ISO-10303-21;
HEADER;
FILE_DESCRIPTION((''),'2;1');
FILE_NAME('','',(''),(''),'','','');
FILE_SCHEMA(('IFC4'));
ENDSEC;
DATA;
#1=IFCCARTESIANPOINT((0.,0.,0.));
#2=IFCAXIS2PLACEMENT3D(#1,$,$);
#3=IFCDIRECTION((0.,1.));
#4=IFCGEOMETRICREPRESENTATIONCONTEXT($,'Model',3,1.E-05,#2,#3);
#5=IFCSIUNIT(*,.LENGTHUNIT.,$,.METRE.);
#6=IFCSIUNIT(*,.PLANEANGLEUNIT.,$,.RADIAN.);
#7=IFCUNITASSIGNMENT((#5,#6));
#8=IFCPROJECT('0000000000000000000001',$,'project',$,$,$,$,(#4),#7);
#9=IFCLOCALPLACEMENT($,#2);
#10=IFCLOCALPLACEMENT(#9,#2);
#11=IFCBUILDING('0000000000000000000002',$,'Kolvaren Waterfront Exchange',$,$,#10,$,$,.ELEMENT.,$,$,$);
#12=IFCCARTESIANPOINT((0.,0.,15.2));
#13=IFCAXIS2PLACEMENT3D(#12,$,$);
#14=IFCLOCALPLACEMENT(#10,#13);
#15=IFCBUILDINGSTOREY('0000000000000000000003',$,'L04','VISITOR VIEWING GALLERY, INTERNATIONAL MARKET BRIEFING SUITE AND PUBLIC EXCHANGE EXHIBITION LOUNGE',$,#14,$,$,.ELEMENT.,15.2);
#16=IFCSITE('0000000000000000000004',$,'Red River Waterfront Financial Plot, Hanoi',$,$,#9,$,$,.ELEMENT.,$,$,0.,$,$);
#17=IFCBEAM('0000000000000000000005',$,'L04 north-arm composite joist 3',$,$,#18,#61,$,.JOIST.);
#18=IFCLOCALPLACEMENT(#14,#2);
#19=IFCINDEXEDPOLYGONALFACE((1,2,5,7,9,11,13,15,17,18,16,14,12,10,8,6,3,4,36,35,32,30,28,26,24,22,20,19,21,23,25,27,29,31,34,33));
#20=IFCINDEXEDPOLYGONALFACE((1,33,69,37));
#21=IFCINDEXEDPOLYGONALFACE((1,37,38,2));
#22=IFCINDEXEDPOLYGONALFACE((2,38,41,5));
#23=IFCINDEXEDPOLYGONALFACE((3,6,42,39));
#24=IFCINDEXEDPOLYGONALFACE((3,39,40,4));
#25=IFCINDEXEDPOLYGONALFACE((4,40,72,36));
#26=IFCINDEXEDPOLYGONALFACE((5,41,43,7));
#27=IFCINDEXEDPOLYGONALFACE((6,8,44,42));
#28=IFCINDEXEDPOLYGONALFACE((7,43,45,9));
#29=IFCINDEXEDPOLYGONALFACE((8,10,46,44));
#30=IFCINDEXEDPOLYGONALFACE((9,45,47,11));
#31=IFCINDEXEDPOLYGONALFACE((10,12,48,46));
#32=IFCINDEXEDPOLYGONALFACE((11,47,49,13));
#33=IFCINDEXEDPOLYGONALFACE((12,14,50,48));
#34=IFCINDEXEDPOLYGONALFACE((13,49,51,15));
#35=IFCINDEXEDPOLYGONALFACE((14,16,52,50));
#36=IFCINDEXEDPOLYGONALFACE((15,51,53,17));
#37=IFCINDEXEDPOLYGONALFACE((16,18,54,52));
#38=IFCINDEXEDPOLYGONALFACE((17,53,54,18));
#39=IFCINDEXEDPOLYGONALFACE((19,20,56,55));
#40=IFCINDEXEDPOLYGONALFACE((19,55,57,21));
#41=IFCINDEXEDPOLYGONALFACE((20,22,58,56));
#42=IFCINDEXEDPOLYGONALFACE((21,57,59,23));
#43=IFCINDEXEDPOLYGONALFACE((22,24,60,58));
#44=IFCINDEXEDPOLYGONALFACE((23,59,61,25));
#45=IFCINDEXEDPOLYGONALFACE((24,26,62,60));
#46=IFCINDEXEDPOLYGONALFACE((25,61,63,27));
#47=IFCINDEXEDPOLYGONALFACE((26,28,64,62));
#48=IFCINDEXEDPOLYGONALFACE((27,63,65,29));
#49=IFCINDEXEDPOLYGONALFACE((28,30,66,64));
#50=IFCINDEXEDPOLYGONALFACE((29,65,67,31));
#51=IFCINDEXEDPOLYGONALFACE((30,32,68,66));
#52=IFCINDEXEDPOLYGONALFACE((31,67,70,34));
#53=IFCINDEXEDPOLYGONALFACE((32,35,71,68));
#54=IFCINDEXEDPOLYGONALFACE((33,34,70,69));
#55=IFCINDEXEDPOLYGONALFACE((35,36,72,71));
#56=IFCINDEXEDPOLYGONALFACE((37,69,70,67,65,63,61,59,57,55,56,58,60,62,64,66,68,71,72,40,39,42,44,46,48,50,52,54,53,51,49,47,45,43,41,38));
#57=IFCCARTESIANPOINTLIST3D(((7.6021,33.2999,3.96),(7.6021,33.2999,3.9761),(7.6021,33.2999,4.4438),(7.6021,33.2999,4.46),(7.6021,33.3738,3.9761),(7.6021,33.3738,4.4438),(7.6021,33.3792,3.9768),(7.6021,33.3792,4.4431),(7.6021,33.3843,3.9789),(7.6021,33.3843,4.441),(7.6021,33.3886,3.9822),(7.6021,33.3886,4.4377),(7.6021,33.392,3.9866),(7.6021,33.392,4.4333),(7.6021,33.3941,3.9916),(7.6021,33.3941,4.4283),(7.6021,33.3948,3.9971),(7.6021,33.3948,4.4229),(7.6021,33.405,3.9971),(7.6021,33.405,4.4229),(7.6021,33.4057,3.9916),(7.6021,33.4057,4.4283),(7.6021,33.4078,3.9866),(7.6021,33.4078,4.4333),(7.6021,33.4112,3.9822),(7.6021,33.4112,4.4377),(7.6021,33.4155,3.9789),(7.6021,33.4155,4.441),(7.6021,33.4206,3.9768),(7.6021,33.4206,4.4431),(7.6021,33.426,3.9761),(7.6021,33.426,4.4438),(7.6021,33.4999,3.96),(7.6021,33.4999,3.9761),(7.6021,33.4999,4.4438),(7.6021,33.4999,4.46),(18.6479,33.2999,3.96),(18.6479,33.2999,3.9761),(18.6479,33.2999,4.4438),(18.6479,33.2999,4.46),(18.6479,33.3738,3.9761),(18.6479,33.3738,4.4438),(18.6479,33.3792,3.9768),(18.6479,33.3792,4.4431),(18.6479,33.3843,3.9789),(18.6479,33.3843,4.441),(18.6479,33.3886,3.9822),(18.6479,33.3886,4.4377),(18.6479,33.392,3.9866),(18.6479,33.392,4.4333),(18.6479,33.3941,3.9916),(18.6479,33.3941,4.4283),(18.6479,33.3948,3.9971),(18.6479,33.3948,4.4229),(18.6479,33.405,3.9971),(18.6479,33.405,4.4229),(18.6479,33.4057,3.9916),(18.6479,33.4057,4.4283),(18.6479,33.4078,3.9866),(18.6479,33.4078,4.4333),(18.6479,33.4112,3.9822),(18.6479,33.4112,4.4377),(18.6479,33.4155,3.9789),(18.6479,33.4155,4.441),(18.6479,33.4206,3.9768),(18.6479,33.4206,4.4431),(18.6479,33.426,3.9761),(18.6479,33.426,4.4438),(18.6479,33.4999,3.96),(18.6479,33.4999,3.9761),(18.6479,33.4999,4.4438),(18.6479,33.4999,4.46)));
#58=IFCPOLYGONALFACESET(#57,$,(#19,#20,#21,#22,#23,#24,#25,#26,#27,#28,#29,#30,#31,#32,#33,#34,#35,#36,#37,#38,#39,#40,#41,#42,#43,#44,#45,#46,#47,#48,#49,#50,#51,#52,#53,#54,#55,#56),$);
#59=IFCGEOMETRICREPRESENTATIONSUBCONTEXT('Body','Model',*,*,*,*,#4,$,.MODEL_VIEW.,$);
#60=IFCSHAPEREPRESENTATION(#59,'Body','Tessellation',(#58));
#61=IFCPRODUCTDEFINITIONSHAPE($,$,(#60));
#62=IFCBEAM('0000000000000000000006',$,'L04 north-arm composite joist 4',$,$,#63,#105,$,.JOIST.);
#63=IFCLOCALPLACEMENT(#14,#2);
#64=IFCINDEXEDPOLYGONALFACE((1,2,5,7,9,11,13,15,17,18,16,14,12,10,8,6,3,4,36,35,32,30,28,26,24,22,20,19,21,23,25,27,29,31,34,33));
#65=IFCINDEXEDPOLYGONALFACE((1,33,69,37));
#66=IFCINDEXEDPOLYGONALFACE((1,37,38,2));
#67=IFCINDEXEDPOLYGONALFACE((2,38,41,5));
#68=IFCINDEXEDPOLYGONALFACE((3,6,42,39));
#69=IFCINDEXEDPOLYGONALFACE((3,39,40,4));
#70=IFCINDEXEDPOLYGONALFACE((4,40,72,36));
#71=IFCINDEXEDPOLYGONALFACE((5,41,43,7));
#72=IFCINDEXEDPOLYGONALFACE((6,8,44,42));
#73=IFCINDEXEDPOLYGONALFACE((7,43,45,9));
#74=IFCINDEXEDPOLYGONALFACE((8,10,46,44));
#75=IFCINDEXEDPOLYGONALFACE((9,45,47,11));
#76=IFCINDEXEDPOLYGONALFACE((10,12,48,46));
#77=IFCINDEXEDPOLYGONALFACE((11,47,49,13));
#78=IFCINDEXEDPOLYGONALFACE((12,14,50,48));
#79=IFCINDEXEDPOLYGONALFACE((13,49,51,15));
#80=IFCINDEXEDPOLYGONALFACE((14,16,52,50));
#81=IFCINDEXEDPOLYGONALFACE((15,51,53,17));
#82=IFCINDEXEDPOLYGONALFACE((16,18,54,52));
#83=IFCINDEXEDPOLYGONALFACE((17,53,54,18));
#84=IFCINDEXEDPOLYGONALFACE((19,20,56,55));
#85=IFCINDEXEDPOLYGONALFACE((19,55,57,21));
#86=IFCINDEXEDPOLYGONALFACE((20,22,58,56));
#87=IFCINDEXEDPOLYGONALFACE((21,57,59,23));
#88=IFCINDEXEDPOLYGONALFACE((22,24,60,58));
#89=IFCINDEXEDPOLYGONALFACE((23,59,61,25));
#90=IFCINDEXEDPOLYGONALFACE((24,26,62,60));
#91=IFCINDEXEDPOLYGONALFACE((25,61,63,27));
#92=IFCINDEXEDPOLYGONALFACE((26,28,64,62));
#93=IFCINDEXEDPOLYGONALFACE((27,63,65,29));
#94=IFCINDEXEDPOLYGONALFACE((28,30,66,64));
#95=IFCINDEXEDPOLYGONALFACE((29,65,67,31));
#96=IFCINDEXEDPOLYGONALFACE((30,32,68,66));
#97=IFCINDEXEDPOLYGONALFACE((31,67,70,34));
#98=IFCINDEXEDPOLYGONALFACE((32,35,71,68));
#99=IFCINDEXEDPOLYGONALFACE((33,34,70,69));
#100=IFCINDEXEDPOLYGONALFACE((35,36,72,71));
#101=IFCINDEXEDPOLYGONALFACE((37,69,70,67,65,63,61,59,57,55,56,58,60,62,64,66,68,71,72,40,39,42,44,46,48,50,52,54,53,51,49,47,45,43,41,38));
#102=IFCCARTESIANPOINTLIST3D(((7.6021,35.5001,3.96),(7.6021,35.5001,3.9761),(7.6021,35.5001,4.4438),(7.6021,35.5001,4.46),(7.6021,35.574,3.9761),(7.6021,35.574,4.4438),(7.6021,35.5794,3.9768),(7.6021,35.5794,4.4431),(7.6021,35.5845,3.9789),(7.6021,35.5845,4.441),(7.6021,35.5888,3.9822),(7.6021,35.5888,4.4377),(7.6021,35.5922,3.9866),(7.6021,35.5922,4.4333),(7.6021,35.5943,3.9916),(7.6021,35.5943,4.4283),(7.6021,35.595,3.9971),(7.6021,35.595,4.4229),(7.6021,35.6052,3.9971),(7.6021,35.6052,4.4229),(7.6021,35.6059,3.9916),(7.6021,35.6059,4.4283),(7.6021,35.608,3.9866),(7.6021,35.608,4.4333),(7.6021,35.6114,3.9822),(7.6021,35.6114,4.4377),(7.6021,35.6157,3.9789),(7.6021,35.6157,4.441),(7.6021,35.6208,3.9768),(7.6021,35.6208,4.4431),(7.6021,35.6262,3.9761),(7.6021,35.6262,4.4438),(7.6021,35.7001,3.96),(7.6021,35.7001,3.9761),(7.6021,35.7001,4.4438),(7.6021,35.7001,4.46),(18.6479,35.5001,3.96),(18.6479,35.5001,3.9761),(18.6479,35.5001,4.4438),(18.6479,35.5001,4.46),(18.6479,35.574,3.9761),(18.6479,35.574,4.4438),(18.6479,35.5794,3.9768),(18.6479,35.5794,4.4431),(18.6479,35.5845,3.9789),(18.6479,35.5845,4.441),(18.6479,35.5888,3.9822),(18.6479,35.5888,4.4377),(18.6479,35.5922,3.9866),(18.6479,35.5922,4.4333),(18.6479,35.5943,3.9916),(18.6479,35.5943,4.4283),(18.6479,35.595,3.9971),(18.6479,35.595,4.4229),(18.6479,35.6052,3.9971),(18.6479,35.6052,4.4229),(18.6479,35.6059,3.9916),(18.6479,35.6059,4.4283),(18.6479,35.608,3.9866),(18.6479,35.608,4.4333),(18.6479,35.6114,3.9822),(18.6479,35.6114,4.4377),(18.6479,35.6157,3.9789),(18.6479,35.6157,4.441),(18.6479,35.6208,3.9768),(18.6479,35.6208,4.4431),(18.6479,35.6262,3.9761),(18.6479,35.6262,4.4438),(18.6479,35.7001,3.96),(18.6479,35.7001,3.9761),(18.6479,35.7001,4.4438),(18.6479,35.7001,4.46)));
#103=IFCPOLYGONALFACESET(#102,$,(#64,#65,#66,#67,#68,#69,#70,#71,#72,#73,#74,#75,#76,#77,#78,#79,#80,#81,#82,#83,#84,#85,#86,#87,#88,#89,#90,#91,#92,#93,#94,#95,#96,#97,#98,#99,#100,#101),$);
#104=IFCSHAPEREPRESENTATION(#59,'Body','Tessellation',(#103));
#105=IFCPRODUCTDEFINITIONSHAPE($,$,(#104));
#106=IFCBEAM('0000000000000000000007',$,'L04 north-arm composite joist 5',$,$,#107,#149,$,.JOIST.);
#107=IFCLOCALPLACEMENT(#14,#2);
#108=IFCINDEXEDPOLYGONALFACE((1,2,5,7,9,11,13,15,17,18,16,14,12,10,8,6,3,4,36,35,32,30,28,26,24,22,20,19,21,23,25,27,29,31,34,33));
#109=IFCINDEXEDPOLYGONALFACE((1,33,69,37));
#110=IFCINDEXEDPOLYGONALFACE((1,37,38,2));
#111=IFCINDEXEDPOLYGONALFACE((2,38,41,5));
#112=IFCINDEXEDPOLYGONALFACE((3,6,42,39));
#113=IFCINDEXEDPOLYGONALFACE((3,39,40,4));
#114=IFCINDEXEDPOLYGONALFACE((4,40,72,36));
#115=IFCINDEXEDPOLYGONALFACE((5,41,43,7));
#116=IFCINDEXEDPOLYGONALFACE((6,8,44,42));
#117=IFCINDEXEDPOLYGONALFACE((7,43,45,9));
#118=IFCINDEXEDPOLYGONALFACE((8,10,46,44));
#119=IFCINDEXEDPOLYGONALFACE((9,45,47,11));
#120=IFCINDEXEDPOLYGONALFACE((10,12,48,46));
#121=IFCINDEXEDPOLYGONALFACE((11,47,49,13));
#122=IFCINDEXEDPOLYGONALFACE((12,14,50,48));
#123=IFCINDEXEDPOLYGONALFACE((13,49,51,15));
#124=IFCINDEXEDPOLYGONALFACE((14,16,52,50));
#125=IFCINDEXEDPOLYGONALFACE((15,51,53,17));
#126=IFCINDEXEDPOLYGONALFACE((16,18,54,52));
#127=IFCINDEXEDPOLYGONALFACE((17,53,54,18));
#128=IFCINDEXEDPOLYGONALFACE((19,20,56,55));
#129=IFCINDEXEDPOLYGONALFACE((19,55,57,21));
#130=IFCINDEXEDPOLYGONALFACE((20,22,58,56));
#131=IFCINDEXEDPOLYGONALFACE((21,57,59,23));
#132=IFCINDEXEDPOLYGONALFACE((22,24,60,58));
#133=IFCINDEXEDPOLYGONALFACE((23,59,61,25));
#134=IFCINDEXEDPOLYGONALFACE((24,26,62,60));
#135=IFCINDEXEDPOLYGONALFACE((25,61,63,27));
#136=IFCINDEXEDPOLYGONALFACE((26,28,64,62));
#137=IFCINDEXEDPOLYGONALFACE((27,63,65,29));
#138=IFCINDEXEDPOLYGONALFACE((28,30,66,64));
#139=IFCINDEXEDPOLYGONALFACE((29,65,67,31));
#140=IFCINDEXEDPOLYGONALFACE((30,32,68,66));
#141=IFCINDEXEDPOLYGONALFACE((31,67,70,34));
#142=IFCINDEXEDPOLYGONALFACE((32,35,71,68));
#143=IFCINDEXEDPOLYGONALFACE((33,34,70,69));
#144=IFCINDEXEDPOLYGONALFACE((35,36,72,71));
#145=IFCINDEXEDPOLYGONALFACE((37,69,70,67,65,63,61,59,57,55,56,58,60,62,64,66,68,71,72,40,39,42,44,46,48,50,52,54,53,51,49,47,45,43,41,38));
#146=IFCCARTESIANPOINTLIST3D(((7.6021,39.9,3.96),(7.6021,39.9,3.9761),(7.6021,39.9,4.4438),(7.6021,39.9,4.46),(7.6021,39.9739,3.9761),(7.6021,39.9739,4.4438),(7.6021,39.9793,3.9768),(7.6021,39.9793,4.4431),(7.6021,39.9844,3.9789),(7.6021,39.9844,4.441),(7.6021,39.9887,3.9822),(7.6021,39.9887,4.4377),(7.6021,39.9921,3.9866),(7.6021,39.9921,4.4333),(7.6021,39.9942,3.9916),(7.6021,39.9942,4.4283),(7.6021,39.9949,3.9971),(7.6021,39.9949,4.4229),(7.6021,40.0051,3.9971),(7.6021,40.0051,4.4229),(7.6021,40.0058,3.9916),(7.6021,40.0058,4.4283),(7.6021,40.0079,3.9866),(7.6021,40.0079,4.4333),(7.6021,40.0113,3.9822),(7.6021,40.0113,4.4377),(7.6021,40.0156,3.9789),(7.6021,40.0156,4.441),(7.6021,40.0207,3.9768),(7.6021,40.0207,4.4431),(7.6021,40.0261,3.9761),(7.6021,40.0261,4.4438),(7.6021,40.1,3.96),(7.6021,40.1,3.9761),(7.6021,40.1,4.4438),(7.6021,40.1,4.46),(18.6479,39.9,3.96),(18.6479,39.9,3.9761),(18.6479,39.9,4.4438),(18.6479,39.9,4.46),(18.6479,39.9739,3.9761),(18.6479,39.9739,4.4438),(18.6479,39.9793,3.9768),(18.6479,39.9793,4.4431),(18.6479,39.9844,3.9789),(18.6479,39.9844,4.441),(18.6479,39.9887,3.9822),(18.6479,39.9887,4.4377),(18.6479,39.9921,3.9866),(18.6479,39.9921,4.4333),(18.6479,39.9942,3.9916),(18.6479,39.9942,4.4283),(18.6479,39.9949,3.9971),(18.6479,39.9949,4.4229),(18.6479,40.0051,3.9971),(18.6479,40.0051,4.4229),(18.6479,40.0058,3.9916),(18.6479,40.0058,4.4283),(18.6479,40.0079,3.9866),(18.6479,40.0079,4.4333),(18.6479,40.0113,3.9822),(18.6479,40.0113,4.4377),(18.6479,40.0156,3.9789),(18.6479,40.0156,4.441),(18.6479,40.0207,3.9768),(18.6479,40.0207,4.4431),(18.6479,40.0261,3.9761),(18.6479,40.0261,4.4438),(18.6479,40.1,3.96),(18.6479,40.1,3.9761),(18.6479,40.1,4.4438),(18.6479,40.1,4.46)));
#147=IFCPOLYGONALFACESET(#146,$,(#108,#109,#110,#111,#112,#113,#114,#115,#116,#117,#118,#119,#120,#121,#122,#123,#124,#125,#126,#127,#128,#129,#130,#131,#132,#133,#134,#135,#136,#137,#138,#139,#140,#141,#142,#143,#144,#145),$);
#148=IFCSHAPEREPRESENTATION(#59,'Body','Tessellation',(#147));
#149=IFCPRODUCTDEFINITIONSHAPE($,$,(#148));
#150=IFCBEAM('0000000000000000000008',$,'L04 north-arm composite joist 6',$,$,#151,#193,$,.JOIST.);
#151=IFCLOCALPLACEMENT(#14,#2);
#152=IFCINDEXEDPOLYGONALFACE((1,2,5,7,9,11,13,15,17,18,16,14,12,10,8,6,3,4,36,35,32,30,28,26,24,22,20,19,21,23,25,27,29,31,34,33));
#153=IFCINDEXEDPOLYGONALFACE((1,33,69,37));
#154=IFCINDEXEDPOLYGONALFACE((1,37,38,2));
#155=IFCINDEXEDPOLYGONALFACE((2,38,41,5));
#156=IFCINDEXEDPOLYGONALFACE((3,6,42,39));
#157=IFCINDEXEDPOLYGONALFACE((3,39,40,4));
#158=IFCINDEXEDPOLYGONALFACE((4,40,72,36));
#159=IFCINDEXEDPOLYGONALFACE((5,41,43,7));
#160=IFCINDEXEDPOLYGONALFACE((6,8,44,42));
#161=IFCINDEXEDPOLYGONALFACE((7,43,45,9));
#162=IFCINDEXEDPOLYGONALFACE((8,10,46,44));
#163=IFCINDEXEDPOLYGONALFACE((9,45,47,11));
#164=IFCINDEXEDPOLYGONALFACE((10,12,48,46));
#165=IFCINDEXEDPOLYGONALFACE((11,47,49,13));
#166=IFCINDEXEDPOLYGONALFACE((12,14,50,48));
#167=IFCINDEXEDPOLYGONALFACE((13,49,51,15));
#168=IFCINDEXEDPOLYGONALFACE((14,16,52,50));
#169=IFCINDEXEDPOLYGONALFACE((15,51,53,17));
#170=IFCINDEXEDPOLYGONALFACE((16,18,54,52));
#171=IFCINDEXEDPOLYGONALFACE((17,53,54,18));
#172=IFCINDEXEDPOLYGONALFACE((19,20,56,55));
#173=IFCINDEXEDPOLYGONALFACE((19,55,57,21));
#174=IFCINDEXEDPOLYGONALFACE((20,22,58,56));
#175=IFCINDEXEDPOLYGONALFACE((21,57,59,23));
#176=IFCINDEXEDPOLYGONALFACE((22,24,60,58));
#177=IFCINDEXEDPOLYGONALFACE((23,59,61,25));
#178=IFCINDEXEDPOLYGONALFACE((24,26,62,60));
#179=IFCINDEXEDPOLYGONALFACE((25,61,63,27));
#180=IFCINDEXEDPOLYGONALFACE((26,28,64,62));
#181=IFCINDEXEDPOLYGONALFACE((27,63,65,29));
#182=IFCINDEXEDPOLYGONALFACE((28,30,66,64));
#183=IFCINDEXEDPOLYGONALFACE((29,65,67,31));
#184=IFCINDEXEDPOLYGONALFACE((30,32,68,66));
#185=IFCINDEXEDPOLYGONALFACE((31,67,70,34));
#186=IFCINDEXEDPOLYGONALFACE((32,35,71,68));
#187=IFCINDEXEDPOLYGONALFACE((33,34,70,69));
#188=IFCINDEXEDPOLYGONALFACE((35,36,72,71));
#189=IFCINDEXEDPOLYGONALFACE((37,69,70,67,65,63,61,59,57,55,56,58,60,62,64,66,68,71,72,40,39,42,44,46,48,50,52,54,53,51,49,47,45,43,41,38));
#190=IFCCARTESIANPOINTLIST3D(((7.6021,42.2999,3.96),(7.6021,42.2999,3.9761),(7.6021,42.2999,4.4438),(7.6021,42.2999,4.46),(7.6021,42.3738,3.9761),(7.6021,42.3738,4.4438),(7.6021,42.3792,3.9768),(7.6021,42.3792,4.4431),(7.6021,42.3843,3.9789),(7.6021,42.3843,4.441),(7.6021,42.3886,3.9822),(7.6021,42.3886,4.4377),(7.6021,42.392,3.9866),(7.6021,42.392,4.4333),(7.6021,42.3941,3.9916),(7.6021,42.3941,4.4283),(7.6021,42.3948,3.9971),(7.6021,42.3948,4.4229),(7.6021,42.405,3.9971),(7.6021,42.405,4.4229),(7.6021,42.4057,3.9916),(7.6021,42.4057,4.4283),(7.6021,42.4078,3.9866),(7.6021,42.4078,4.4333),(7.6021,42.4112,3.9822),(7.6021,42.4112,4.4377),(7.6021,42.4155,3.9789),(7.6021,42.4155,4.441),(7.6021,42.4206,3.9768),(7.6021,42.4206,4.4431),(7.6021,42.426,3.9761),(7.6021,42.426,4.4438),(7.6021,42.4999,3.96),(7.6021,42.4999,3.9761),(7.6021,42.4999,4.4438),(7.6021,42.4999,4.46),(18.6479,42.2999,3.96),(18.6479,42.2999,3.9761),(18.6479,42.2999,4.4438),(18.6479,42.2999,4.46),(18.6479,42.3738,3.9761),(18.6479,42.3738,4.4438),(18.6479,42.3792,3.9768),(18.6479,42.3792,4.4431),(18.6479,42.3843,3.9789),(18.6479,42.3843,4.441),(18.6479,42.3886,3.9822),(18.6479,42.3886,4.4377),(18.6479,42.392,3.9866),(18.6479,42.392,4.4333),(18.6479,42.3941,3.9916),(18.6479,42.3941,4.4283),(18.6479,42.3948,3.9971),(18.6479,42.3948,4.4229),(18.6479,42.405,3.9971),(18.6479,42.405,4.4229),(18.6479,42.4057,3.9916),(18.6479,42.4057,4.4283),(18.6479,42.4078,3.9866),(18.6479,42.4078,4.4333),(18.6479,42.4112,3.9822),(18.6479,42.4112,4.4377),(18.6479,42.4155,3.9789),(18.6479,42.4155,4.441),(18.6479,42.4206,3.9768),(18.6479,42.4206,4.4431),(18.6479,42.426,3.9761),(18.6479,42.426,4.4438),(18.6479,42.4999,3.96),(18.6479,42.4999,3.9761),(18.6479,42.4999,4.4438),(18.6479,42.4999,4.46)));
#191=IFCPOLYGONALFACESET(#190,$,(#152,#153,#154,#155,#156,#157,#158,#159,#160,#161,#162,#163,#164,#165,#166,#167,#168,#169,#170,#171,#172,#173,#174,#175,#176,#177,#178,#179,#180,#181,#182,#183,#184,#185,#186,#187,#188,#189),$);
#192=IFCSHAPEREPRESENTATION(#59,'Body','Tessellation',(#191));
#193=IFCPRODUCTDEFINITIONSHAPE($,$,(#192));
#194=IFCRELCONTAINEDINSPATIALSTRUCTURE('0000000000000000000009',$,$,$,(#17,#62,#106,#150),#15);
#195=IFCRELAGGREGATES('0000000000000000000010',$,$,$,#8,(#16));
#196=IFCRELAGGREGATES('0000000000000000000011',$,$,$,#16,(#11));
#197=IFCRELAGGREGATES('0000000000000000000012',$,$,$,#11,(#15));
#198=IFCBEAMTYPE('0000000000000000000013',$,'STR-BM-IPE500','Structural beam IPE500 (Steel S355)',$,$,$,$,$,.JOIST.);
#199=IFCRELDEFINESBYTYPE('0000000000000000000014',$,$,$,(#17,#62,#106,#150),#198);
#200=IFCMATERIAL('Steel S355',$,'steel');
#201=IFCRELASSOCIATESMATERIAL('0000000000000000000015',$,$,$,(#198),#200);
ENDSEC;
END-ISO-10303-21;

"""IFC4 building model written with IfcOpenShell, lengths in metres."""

from ifc_helpers import new_model, si_unit, direction, frame, origin, origin_2d, place, context, subcontext, project, spatial, i_section, extrude, material, material_profile, profile_set, type_object, element, save


model = new_model("IFC4")

# Units and contexts
model_context = context("Model", 3, precision=1e-05, world=origin(), true_north=direction((0.0, 1.0)))
body_context = subcontext(model_context, "Body", "Model", "MODEL_VIEW")
ifc_project = project(units=[si_unit("LENGTHUNIT", "METRE"), si_unit("PLANEANGLEUNIT", "RADIAN")], contexts=[model_context])

# Site, building, storey
site_placement = place(None, origin())
site = spatial("IfcSite", under=ifc_project, at=site_placement, Name="Red River Waterfront Financial Plot, Hanoi", CompositionType="ELEMENT", RefElevation=0.0)
building_placement = place(site_placement, origin())
building = spatial("IfcBuilding", under=site, at=building_placement, Name="Kolvaren Waterfront Exchange", CompositionType="ELEMENT")
storey_placement = place(building_placement, frame((0.0, 0.0, 15.2)))
storey = spatial("IfcBuildingStorey", under=building, at=storey_placement, Name="L04", Description="VISITOR VIEWING GALLERY, INTERNATIONAL MARKET BRIEFING SUITE AND PUBLIC EXCHANGE EXHIBITION LOUNGE", CompositionType="ELEMENT", Elevation=15.2)

# Beams
ifc_material_1 = material(Name="Steel S355", Category="steel")
ifc_material_profile_1 = material_profile(ifc_material_1, i_section(OverallWidth=0.2, OverallDepth=0.5, WebThickness=0.0103, FlangeThickness=0.0161, FilletRadius=0.021, at=origin_2d()), Name="IPE500")
ifc_profile_set_1 = profile_set([ifc_material_profile_1], Name="Steel S355")
beam_type_1 = type_object("IfcBeamType", Name="STR-BM-IPE500", Description="Structural beam IPE500 (Steel S355)", PredefinedType="JOIST", material=ifc_profile_set_1)
for number, where, z_axis, x_axis, name in (
    (1, (7.6021, 33.3999, 4.21), (1.0, 0.0, 0.0), (0.0, 1.0, 0.0), "L04 north-arm composite joist 3"),
    (2, (7.6021, 35.6001, 4.21), (1.0, 0.0, 0.0), (0.0, 1.0, 0.0), "L04 north-arm composite joist 4"),
    (3, (7.6021, 40.0, 4.21), (1.0, 0.0, 0.0), (0.0, 1.0, 0.0), "L04 north-arm composite joist 5"),
    (4, (7.6021, 42.3999, 4.21), (1.0, 0.0, 0.0), (0.0, 1.0, 0.0), "L04 north-arm composite joist 6"),
):
    element("IfcBeam", number, at=place(storey_placement, frame(where, z_axis=z_axis, x_axis=x_axis)), inside=storey, type_object=beam_type_1, Name=name, PredefinedType="JOIST", context=body_context, shape_type="SweptSolid", body=[
        extrude(i_section(OverallWidth=0.2, OverallDepth=0.5, WebThickness=0.0103, FlangeThickness=0.0161, FilletRadius=0.021, at=origin_2d()), origin(), (0.0, 0.0, 1.0), 11.0459),
    ])

save(model, "model.ifc")
